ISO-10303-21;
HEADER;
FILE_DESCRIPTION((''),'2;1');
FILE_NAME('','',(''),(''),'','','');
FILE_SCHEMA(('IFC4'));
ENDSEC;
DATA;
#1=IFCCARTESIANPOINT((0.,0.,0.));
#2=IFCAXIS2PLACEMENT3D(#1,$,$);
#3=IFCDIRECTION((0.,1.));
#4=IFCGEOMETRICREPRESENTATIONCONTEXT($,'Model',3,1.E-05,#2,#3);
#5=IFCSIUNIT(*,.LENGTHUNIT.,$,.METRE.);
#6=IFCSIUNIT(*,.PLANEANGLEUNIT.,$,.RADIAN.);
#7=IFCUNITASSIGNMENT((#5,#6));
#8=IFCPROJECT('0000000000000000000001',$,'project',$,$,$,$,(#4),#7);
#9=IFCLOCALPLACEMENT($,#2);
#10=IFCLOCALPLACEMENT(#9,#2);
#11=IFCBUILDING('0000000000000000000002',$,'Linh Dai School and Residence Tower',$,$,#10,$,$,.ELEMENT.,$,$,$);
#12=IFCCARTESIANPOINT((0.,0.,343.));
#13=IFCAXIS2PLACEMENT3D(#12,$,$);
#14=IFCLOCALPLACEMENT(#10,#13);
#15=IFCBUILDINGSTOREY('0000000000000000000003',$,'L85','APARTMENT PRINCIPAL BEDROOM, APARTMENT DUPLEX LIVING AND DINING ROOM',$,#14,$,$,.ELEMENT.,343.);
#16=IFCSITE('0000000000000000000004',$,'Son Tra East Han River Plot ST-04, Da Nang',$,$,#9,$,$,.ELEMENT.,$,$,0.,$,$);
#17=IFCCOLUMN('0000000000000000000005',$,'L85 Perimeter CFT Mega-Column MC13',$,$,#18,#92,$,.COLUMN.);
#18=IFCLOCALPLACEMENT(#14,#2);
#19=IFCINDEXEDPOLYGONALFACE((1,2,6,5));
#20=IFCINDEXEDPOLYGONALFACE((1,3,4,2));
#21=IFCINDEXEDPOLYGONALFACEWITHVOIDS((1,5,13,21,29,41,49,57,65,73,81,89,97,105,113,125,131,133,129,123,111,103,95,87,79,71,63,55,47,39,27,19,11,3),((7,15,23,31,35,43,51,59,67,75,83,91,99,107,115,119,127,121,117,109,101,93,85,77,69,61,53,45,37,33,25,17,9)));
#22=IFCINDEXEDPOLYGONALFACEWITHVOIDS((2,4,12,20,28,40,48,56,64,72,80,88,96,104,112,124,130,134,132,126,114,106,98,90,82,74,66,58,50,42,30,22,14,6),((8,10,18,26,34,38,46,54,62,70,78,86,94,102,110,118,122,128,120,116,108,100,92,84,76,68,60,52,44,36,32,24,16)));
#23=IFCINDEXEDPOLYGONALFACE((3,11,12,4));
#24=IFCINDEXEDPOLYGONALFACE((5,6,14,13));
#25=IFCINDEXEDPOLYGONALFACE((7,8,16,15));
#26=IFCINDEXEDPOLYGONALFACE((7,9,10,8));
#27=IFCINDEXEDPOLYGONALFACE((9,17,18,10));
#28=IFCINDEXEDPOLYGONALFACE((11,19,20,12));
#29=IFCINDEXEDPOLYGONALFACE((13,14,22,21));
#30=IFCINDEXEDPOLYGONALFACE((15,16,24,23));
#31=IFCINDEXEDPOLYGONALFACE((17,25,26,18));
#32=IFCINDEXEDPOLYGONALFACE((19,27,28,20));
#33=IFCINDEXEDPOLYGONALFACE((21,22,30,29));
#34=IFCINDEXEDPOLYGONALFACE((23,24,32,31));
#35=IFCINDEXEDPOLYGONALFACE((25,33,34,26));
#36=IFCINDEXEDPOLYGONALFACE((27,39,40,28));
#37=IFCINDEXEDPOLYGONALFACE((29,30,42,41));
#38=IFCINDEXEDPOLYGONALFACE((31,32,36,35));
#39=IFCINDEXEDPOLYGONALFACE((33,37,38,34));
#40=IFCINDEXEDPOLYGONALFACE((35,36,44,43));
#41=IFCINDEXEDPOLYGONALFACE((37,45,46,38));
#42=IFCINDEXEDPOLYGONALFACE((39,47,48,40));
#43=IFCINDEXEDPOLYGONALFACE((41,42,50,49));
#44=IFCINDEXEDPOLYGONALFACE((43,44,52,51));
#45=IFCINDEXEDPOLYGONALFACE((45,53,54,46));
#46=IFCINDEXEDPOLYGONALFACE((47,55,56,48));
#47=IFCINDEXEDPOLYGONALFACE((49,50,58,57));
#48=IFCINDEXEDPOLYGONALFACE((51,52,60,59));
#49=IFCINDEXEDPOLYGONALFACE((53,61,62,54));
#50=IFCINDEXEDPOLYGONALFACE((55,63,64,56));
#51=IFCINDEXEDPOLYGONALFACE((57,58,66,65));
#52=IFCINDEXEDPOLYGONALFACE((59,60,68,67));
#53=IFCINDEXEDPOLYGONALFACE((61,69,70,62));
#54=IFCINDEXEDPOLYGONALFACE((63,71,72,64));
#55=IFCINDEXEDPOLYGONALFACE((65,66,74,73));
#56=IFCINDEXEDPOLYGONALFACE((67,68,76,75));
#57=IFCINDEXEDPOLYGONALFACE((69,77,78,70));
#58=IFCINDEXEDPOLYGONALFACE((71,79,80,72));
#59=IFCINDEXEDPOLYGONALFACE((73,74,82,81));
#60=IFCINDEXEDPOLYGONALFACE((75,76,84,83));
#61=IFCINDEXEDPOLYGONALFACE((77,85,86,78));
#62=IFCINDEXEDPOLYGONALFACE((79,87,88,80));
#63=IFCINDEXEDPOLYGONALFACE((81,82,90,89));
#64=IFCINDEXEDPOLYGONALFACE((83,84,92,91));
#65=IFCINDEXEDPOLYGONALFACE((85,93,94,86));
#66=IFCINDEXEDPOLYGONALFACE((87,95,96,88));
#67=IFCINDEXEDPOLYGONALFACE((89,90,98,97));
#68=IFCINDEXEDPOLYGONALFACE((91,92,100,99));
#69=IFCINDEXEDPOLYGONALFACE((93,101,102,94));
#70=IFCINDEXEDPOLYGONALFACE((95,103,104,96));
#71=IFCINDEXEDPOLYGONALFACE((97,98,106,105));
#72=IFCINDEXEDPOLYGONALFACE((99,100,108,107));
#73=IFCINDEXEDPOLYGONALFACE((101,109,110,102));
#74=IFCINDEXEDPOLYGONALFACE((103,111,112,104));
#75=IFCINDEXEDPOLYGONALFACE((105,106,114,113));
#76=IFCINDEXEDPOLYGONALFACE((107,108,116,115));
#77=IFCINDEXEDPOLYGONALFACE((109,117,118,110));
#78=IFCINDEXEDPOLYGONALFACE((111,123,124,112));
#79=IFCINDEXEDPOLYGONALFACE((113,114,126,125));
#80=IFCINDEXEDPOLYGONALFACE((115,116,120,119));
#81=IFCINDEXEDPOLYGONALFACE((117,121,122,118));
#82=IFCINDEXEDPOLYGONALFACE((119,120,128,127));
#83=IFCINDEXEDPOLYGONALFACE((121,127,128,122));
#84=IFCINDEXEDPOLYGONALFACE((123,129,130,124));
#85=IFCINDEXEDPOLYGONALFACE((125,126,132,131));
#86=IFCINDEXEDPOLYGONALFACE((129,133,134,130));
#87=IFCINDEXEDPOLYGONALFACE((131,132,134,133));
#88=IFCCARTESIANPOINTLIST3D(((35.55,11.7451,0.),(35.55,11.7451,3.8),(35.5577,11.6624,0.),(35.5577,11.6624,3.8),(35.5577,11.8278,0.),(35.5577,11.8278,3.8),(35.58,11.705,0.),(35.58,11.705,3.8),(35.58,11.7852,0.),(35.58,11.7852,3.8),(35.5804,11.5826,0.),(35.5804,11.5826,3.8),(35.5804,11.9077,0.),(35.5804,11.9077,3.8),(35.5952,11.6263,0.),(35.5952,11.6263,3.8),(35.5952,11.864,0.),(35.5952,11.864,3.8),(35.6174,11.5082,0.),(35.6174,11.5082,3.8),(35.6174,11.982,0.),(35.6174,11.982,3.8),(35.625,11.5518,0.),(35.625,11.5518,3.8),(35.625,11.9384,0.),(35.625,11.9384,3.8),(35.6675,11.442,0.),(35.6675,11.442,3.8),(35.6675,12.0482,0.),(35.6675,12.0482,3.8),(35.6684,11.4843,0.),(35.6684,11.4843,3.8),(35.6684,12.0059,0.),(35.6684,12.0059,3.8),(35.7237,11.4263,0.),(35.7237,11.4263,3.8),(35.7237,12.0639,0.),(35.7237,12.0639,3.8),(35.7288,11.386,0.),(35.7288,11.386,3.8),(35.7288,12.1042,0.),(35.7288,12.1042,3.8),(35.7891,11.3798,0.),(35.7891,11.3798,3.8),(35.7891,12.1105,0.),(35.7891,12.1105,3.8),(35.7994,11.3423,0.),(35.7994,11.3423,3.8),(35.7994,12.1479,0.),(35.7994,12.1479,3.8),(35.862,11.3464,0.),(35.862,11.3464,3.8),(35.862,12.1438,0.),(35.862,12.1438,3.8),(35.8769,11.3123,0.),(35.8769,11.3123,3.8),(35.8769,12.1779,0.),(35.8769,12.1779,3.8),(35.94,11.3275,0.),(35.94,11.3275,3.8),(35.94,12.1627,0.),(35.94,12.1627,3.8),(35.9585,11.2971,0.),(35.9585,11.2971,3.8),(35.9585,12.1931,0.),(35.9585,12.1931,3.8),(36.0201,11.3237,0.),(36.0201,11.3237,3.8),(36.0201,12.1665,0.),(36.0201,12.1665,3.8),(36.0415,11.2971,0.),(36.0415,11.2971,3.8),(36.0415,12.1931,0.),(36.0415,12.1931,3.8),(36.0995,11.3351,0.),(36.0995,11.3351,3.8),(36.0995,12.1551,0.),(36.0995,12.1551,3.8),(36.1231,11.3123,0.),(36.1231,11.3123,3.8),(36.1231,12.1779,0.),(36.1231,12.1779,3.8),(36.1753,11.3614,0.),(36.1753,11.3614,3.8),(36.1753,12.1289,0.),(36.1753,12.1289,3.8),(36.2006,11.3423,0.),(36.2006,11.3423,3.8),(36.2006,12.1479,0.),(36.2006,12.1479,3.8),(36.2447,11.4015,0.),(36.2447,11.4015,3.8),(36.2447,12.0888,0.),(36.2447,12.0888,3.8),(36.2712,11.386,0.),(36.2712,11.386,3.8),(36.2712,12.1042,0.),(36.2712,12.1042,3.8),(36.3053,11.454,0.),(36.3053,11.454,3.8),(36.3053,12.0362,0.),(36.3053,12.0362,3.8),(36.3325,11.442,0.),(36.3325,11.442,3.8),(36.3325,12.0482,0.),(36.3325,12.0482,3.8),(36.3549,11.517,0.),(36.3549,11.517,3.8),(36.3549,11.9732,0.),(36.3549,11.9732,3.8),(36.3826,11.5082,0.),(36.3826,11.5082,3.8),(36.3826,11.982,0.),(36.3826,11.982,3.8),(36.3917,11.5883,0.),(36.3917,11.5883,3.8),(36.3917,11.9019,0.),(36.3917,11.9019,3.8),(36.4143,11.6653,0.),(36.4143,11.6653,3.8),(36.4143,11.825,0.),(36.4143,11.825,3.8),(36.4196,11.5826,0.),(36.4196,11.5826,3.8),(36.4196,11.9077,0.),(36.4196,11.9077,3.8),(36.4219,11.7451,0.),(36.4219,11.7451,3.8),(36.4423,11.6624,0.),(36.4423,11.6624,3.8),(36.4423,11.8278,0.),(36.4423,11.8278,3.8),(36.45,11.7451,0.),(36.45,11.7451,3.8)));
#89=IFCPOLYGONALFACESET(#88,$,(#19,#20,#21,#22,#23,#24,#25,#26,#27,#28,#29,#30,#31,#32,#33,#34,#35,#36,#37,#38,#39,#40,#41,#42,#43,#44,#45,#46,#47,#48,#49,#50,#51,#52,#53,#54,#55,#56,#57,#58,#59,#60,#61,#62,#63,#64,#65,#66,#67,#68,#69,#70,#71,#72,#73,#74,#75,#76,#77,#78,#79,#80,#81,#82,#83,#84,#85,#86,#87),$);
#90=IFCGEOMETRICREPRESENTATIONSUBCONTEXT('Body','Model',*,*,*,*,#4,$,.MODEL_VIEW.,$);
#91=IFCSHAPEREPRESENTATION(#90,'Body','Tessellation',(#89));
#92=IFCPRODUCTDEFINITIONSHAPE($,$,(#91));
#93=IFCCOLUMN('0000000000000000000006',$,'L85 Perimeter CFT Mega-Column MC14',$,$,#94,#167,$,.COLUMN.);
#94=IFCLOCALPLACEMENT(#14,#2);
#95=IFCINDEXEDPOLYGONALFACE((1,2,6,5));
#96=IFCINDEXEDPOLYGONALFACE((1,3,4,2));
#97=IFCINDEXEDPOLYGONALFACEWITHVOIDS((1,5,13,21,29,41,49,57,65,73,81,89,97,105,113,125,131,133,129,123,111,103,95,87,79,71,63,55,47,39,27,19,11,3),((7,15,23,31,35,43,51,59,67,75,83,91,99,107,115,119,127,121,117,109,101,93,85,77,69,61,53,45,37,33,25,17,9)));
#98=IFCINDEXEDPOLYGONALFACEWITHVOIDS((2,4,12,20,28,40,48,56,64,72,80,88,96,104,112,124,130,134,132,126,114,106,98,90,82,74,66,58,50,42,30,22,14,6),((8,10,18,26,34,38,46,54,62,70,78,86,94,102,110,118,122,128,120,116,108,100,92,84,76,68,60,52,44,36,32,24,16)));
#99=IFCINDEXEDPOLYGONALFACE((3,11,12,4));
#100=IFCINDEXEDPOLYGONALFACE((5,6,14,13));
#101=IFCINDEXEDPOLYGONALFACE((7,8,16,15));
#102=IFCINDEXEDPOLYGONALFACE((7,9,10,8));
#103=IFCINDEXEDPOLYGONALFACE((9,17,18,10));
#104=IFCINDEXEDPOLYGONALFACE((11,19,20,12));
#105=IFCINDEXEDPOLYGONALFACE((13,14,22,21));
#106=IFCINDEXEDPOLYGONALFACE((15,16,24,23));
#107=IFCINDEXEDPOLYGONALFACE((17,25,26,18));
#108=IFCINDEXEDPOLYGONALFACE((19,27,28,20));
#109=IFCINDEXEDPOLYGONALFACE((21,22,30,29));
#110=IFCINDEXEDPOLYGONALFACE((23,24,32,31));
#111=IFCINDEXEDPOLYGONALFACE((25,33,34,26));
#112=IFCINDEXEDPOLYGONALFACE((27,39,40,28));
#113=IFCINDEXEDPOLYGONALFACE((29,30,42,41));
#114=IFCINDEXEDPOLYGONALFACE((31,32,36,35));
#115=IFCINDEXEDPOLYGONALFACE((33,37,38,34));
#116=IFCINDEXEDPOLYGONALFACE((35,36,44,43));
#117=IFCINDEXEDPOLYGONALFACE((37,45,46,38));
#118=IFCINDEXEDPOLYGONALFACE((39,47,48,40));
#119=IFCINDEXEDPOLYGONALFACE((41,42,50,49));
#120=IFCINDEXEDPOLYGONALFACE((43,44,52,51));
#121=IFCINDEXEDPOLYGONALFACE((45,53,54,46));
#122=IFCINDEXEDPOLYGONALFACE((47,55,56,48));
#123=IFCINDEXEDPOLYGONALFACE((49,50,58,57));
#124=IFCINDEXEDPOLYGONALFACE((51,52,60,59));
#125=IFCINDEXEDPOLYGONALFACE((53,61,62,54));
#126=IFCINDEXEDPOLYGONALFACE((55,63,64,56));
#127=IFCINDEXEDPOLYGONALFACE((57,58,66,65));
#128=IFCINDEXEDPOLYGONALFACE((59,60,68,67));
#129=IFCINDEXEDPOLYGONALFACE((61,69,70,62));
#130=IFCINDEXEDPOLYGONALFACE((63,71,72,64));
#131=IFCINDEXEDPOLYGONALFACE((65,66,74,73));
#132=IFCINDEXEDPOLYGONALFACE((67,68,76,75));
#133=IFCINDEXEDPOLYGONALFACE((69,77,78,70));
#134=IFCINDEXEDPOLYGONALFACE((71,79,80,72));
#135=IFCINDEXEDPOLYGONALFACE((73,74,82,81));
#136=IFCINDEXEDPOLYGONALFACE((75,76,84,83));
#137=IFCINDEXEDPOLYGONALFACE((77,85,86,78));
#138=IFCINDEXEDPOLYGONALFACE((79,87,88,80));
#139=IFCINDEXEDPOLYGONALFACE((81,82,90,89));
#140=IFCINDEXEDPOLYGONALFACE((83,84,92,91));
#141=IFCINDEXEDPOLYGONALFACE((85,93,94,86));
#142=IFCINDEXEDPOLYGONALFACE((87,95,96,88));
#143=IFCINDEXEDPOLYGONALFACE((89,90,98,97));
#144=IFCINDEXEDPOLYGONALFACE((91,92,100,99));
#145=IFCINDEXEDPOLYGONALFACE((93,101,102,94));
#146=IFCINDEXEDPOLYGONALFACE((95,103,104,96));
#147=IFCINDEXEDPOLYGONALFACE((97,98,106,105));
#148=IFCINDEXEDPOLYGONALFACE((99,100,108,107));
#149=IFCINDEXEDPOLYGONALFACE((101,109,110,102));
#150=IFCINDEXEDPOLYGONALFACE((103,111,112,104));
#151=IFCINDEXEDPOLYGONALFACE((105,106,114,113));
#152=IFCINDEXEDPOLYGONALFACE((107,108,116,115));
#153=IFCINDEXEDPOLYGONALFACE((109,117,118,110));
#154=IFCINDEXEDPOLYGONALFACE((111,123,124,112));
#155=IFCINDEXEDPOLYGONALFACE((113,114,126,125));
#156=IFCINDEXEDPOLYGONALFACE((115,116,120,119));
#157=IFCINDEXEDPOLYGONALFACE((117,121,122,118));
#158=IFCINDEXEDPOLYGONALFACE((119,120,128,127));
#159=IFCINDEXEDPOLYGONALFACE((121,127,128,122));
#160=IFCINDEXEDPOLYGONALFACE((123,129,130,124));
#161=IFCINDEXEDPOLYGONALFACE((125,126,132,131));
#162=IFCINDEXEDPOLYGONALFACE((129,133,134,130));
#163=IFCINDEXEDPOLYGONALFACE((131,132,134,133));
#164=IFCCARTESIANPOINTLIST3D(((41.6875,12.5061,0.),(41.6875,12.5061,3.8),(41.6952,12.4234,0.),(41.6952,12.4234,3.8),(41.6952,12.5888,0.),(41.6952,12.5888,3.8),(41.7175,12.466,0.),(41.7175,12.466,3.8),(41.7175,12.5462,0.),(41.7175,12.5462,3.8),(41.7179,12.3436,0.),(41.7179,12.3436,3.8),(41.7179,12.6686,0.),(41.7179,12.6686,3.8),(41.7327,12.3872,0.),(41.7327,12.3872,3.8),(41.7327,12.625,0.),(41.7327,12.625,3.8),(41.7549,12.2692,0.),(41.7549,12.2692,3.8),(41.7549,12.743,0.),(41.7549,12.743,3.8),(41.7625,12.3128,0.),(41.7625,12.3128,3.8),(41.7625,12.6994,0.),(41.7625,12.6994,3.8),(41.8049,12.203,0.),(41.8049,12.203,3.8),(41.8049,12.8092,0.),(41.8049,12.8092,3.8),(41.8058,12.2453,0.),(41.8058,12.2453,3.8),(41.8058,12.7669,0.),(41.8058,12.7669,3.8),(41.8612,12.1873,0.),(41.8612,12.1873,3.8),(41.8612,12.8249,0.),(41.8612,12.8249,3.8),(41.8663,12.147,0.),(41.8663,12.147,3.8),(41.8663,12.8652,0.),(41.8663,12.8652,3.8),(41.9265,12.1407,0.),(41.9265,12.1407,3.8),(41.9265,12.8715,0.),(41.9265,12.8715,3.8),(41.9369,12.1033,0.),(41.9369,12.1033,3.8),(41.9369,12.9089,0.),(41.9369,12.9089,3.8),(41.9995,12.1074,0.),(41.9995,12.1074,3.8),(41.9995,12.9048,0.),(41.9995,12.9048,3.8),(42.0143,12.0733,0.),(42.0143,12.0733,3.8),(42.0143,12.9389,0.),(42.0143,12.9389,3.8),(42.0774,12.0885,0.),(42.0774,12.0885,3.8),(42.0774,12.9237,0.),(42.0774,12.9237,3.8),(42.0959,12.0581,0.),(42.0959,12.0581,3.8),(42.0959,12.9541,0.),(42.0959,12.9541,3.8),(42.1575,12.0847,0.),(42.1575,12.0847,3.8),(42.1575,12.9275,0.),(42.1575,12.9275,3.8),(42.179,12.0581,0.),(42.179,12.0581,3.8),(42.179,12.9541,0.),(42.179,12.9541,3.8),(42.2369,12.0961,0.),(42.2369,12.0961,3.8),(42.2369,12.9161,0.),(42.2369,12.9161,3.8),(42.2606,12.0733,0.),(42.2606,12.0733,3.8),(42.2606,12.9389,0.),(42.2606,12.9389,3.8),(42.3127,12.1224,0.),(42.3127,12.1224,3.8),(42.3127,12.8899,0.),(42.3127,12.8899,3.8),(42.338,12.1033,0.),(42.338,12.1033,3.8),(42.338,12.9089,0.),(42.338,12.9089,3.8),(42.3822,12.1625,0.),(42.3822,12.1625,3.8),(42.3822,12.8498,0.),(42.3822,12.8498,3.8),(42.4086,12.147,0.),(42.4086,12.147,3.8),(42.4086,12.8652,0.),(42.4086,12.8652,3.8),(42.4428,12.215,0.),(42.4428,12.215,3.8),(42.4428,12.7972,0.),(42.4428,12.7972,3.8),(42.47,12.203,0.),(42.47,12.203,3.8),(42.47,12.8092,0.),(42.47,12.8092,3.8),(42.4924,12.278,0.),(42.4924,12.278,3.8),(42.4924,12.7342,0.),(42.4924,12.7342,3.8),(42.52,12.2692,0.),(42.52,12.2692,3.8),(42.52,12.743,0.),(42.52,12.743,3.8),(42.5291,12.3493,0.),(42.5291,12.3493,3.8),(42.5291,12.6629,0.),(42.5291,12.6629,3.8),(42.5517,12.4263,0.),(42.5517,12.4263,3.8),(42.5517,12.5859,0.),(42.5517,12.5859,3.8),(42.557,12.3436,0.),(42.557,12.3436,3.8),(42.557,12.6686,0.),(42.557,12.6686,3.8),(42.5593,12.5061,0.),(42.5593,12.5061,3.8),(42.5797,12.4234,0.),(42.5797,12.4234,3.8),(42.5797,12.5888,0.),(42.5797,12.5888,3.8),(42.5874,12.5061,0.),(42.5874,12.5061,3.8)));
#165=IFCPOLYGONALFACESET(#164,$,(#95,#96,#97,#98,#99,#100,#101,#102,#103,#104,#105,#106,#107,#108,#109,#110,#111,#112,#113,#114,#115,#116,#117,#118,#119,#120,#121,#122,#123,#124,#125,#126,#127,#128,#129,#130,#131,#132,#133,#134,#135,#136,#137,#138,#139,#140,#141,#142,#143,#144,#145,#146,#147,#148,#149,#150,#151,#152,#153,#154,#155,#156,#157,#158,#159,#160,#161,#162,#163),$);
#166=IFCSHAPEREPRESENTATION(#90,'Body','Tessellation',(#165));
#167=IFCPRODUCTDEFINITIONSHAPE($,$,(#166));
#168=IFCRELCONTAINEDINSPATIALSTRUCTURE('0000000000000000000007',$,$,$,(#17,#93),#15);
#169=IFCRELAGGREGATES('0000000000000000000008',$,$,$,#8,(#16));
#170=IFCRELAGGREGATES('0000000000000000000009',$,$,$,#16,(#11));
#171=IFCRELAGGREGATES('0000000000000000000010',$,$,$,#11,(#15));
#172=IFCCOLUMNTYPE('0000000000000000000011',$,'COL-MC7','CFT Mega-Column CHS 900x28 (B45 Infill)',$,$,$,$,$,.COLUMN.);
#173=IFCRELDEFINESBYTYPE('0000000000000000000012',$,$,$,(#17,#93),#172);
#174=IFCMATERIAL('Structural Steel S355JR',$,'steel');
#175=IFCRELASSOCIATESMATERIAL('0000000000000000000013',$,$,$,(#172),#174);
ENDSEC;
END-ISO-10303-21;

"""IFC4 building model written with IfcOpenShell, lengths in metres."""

from ifc_helpers import new_model, si_unit, direction, frame, origin, origin_2d, place, context, subcontext, project, spatial, hollow_circle, extrude, material, material_profile, profile_set, type_object, element, save


model = new_model("IFC4")

# Units and contexts
model_context = context("Model", 3, precision=1e-05, world=origin(), true_north=direction((0.0, 1.0)))
body_context = subcontext(model_context, "Body", "Model", "MODEL_VIEW")
ifc_project = project(units=[si_unit("LENGTHUNIT", "METRE"), si_unit("PLANEANGLEUNIT", "RADIAN")], contexts=[model_context])

# Site, building, storey
site_placement = place(None, origin())
site = spatial("IfcSite", under=ifc_project, at=site_placement, Name="Son Tra East Han River Plot ST-04, Da Nang", CompositionType="ELEMENT", RefElevation=0.0)
building_placement = place(site_placement, origin())
building = spatial("IfcBuilding", under=site, at=building_placement, Name="Linh Dai School and Residence Tower", CompositionType="ELEMENT")
storey_placement = place(building_placement, frame((0.0, 0.0, 343.0)))
storey = spatial("IfcBuildingStorey", under=building, at=storey_placement, Name="L85", Description="APARTMENT PRINCIPAL BEDROOM, APARTMENT DUPLEX LIVING AND DINING ROOM", CompositionType="ELEMENT", Elevation=343.0)

# Columns
ifc_material_1 = material(Name="Structural Steel S355JR", Category="steel")
ifc_material_profile_1 = material_profile(ifc_material_1, hollow_circle(Radius=0.45, WallThickness=0.0281, at=origin_2d()), Name="CHS 900x28")
ifc_profile_set_1 = profile_set([ifc_material_profile_1], Name="Structural Steel S355JR")
column_type = type_object("IfcColumnType", Name="COL-MC7", Description="CFT Mega-Column CHS 900x28 (B45 Infill)", PredefinedType="COLUMN", material=ifc_profile_set_1)
for number, where, z_axis, x_axis, name in (
    (1, (36.0, 11.7451, 0.0), (0.0, 0.0, 1.0), (1.0, 0.0, 0.0), "L85 Perimeter CFT Mega-Column MC13"),
    (2, (42.1375, 12.5061, 0.0), (0.0, 0.0, 1.0), (1.0, 0.0, 0.0), "L85 Perimeter CFT Mega-Column MC14"),
):
    element("IfcColumn", number, at=place(storey_placement, frame(where, z_axis=z_axis, x_axis=x_axis)), inside=storey, type_object=column_type, Name=name, PredefinedType="COLUMN", context=body_context, shape_type="SweptSolid", body=[
        extrude(hollow_circle(Radius=0.45, WallThickness=0.0281, at=origin_2d()), origin(), (0.0, 0.0, 1.0), 3.8),
    ])

save(model, "model.ifc")
